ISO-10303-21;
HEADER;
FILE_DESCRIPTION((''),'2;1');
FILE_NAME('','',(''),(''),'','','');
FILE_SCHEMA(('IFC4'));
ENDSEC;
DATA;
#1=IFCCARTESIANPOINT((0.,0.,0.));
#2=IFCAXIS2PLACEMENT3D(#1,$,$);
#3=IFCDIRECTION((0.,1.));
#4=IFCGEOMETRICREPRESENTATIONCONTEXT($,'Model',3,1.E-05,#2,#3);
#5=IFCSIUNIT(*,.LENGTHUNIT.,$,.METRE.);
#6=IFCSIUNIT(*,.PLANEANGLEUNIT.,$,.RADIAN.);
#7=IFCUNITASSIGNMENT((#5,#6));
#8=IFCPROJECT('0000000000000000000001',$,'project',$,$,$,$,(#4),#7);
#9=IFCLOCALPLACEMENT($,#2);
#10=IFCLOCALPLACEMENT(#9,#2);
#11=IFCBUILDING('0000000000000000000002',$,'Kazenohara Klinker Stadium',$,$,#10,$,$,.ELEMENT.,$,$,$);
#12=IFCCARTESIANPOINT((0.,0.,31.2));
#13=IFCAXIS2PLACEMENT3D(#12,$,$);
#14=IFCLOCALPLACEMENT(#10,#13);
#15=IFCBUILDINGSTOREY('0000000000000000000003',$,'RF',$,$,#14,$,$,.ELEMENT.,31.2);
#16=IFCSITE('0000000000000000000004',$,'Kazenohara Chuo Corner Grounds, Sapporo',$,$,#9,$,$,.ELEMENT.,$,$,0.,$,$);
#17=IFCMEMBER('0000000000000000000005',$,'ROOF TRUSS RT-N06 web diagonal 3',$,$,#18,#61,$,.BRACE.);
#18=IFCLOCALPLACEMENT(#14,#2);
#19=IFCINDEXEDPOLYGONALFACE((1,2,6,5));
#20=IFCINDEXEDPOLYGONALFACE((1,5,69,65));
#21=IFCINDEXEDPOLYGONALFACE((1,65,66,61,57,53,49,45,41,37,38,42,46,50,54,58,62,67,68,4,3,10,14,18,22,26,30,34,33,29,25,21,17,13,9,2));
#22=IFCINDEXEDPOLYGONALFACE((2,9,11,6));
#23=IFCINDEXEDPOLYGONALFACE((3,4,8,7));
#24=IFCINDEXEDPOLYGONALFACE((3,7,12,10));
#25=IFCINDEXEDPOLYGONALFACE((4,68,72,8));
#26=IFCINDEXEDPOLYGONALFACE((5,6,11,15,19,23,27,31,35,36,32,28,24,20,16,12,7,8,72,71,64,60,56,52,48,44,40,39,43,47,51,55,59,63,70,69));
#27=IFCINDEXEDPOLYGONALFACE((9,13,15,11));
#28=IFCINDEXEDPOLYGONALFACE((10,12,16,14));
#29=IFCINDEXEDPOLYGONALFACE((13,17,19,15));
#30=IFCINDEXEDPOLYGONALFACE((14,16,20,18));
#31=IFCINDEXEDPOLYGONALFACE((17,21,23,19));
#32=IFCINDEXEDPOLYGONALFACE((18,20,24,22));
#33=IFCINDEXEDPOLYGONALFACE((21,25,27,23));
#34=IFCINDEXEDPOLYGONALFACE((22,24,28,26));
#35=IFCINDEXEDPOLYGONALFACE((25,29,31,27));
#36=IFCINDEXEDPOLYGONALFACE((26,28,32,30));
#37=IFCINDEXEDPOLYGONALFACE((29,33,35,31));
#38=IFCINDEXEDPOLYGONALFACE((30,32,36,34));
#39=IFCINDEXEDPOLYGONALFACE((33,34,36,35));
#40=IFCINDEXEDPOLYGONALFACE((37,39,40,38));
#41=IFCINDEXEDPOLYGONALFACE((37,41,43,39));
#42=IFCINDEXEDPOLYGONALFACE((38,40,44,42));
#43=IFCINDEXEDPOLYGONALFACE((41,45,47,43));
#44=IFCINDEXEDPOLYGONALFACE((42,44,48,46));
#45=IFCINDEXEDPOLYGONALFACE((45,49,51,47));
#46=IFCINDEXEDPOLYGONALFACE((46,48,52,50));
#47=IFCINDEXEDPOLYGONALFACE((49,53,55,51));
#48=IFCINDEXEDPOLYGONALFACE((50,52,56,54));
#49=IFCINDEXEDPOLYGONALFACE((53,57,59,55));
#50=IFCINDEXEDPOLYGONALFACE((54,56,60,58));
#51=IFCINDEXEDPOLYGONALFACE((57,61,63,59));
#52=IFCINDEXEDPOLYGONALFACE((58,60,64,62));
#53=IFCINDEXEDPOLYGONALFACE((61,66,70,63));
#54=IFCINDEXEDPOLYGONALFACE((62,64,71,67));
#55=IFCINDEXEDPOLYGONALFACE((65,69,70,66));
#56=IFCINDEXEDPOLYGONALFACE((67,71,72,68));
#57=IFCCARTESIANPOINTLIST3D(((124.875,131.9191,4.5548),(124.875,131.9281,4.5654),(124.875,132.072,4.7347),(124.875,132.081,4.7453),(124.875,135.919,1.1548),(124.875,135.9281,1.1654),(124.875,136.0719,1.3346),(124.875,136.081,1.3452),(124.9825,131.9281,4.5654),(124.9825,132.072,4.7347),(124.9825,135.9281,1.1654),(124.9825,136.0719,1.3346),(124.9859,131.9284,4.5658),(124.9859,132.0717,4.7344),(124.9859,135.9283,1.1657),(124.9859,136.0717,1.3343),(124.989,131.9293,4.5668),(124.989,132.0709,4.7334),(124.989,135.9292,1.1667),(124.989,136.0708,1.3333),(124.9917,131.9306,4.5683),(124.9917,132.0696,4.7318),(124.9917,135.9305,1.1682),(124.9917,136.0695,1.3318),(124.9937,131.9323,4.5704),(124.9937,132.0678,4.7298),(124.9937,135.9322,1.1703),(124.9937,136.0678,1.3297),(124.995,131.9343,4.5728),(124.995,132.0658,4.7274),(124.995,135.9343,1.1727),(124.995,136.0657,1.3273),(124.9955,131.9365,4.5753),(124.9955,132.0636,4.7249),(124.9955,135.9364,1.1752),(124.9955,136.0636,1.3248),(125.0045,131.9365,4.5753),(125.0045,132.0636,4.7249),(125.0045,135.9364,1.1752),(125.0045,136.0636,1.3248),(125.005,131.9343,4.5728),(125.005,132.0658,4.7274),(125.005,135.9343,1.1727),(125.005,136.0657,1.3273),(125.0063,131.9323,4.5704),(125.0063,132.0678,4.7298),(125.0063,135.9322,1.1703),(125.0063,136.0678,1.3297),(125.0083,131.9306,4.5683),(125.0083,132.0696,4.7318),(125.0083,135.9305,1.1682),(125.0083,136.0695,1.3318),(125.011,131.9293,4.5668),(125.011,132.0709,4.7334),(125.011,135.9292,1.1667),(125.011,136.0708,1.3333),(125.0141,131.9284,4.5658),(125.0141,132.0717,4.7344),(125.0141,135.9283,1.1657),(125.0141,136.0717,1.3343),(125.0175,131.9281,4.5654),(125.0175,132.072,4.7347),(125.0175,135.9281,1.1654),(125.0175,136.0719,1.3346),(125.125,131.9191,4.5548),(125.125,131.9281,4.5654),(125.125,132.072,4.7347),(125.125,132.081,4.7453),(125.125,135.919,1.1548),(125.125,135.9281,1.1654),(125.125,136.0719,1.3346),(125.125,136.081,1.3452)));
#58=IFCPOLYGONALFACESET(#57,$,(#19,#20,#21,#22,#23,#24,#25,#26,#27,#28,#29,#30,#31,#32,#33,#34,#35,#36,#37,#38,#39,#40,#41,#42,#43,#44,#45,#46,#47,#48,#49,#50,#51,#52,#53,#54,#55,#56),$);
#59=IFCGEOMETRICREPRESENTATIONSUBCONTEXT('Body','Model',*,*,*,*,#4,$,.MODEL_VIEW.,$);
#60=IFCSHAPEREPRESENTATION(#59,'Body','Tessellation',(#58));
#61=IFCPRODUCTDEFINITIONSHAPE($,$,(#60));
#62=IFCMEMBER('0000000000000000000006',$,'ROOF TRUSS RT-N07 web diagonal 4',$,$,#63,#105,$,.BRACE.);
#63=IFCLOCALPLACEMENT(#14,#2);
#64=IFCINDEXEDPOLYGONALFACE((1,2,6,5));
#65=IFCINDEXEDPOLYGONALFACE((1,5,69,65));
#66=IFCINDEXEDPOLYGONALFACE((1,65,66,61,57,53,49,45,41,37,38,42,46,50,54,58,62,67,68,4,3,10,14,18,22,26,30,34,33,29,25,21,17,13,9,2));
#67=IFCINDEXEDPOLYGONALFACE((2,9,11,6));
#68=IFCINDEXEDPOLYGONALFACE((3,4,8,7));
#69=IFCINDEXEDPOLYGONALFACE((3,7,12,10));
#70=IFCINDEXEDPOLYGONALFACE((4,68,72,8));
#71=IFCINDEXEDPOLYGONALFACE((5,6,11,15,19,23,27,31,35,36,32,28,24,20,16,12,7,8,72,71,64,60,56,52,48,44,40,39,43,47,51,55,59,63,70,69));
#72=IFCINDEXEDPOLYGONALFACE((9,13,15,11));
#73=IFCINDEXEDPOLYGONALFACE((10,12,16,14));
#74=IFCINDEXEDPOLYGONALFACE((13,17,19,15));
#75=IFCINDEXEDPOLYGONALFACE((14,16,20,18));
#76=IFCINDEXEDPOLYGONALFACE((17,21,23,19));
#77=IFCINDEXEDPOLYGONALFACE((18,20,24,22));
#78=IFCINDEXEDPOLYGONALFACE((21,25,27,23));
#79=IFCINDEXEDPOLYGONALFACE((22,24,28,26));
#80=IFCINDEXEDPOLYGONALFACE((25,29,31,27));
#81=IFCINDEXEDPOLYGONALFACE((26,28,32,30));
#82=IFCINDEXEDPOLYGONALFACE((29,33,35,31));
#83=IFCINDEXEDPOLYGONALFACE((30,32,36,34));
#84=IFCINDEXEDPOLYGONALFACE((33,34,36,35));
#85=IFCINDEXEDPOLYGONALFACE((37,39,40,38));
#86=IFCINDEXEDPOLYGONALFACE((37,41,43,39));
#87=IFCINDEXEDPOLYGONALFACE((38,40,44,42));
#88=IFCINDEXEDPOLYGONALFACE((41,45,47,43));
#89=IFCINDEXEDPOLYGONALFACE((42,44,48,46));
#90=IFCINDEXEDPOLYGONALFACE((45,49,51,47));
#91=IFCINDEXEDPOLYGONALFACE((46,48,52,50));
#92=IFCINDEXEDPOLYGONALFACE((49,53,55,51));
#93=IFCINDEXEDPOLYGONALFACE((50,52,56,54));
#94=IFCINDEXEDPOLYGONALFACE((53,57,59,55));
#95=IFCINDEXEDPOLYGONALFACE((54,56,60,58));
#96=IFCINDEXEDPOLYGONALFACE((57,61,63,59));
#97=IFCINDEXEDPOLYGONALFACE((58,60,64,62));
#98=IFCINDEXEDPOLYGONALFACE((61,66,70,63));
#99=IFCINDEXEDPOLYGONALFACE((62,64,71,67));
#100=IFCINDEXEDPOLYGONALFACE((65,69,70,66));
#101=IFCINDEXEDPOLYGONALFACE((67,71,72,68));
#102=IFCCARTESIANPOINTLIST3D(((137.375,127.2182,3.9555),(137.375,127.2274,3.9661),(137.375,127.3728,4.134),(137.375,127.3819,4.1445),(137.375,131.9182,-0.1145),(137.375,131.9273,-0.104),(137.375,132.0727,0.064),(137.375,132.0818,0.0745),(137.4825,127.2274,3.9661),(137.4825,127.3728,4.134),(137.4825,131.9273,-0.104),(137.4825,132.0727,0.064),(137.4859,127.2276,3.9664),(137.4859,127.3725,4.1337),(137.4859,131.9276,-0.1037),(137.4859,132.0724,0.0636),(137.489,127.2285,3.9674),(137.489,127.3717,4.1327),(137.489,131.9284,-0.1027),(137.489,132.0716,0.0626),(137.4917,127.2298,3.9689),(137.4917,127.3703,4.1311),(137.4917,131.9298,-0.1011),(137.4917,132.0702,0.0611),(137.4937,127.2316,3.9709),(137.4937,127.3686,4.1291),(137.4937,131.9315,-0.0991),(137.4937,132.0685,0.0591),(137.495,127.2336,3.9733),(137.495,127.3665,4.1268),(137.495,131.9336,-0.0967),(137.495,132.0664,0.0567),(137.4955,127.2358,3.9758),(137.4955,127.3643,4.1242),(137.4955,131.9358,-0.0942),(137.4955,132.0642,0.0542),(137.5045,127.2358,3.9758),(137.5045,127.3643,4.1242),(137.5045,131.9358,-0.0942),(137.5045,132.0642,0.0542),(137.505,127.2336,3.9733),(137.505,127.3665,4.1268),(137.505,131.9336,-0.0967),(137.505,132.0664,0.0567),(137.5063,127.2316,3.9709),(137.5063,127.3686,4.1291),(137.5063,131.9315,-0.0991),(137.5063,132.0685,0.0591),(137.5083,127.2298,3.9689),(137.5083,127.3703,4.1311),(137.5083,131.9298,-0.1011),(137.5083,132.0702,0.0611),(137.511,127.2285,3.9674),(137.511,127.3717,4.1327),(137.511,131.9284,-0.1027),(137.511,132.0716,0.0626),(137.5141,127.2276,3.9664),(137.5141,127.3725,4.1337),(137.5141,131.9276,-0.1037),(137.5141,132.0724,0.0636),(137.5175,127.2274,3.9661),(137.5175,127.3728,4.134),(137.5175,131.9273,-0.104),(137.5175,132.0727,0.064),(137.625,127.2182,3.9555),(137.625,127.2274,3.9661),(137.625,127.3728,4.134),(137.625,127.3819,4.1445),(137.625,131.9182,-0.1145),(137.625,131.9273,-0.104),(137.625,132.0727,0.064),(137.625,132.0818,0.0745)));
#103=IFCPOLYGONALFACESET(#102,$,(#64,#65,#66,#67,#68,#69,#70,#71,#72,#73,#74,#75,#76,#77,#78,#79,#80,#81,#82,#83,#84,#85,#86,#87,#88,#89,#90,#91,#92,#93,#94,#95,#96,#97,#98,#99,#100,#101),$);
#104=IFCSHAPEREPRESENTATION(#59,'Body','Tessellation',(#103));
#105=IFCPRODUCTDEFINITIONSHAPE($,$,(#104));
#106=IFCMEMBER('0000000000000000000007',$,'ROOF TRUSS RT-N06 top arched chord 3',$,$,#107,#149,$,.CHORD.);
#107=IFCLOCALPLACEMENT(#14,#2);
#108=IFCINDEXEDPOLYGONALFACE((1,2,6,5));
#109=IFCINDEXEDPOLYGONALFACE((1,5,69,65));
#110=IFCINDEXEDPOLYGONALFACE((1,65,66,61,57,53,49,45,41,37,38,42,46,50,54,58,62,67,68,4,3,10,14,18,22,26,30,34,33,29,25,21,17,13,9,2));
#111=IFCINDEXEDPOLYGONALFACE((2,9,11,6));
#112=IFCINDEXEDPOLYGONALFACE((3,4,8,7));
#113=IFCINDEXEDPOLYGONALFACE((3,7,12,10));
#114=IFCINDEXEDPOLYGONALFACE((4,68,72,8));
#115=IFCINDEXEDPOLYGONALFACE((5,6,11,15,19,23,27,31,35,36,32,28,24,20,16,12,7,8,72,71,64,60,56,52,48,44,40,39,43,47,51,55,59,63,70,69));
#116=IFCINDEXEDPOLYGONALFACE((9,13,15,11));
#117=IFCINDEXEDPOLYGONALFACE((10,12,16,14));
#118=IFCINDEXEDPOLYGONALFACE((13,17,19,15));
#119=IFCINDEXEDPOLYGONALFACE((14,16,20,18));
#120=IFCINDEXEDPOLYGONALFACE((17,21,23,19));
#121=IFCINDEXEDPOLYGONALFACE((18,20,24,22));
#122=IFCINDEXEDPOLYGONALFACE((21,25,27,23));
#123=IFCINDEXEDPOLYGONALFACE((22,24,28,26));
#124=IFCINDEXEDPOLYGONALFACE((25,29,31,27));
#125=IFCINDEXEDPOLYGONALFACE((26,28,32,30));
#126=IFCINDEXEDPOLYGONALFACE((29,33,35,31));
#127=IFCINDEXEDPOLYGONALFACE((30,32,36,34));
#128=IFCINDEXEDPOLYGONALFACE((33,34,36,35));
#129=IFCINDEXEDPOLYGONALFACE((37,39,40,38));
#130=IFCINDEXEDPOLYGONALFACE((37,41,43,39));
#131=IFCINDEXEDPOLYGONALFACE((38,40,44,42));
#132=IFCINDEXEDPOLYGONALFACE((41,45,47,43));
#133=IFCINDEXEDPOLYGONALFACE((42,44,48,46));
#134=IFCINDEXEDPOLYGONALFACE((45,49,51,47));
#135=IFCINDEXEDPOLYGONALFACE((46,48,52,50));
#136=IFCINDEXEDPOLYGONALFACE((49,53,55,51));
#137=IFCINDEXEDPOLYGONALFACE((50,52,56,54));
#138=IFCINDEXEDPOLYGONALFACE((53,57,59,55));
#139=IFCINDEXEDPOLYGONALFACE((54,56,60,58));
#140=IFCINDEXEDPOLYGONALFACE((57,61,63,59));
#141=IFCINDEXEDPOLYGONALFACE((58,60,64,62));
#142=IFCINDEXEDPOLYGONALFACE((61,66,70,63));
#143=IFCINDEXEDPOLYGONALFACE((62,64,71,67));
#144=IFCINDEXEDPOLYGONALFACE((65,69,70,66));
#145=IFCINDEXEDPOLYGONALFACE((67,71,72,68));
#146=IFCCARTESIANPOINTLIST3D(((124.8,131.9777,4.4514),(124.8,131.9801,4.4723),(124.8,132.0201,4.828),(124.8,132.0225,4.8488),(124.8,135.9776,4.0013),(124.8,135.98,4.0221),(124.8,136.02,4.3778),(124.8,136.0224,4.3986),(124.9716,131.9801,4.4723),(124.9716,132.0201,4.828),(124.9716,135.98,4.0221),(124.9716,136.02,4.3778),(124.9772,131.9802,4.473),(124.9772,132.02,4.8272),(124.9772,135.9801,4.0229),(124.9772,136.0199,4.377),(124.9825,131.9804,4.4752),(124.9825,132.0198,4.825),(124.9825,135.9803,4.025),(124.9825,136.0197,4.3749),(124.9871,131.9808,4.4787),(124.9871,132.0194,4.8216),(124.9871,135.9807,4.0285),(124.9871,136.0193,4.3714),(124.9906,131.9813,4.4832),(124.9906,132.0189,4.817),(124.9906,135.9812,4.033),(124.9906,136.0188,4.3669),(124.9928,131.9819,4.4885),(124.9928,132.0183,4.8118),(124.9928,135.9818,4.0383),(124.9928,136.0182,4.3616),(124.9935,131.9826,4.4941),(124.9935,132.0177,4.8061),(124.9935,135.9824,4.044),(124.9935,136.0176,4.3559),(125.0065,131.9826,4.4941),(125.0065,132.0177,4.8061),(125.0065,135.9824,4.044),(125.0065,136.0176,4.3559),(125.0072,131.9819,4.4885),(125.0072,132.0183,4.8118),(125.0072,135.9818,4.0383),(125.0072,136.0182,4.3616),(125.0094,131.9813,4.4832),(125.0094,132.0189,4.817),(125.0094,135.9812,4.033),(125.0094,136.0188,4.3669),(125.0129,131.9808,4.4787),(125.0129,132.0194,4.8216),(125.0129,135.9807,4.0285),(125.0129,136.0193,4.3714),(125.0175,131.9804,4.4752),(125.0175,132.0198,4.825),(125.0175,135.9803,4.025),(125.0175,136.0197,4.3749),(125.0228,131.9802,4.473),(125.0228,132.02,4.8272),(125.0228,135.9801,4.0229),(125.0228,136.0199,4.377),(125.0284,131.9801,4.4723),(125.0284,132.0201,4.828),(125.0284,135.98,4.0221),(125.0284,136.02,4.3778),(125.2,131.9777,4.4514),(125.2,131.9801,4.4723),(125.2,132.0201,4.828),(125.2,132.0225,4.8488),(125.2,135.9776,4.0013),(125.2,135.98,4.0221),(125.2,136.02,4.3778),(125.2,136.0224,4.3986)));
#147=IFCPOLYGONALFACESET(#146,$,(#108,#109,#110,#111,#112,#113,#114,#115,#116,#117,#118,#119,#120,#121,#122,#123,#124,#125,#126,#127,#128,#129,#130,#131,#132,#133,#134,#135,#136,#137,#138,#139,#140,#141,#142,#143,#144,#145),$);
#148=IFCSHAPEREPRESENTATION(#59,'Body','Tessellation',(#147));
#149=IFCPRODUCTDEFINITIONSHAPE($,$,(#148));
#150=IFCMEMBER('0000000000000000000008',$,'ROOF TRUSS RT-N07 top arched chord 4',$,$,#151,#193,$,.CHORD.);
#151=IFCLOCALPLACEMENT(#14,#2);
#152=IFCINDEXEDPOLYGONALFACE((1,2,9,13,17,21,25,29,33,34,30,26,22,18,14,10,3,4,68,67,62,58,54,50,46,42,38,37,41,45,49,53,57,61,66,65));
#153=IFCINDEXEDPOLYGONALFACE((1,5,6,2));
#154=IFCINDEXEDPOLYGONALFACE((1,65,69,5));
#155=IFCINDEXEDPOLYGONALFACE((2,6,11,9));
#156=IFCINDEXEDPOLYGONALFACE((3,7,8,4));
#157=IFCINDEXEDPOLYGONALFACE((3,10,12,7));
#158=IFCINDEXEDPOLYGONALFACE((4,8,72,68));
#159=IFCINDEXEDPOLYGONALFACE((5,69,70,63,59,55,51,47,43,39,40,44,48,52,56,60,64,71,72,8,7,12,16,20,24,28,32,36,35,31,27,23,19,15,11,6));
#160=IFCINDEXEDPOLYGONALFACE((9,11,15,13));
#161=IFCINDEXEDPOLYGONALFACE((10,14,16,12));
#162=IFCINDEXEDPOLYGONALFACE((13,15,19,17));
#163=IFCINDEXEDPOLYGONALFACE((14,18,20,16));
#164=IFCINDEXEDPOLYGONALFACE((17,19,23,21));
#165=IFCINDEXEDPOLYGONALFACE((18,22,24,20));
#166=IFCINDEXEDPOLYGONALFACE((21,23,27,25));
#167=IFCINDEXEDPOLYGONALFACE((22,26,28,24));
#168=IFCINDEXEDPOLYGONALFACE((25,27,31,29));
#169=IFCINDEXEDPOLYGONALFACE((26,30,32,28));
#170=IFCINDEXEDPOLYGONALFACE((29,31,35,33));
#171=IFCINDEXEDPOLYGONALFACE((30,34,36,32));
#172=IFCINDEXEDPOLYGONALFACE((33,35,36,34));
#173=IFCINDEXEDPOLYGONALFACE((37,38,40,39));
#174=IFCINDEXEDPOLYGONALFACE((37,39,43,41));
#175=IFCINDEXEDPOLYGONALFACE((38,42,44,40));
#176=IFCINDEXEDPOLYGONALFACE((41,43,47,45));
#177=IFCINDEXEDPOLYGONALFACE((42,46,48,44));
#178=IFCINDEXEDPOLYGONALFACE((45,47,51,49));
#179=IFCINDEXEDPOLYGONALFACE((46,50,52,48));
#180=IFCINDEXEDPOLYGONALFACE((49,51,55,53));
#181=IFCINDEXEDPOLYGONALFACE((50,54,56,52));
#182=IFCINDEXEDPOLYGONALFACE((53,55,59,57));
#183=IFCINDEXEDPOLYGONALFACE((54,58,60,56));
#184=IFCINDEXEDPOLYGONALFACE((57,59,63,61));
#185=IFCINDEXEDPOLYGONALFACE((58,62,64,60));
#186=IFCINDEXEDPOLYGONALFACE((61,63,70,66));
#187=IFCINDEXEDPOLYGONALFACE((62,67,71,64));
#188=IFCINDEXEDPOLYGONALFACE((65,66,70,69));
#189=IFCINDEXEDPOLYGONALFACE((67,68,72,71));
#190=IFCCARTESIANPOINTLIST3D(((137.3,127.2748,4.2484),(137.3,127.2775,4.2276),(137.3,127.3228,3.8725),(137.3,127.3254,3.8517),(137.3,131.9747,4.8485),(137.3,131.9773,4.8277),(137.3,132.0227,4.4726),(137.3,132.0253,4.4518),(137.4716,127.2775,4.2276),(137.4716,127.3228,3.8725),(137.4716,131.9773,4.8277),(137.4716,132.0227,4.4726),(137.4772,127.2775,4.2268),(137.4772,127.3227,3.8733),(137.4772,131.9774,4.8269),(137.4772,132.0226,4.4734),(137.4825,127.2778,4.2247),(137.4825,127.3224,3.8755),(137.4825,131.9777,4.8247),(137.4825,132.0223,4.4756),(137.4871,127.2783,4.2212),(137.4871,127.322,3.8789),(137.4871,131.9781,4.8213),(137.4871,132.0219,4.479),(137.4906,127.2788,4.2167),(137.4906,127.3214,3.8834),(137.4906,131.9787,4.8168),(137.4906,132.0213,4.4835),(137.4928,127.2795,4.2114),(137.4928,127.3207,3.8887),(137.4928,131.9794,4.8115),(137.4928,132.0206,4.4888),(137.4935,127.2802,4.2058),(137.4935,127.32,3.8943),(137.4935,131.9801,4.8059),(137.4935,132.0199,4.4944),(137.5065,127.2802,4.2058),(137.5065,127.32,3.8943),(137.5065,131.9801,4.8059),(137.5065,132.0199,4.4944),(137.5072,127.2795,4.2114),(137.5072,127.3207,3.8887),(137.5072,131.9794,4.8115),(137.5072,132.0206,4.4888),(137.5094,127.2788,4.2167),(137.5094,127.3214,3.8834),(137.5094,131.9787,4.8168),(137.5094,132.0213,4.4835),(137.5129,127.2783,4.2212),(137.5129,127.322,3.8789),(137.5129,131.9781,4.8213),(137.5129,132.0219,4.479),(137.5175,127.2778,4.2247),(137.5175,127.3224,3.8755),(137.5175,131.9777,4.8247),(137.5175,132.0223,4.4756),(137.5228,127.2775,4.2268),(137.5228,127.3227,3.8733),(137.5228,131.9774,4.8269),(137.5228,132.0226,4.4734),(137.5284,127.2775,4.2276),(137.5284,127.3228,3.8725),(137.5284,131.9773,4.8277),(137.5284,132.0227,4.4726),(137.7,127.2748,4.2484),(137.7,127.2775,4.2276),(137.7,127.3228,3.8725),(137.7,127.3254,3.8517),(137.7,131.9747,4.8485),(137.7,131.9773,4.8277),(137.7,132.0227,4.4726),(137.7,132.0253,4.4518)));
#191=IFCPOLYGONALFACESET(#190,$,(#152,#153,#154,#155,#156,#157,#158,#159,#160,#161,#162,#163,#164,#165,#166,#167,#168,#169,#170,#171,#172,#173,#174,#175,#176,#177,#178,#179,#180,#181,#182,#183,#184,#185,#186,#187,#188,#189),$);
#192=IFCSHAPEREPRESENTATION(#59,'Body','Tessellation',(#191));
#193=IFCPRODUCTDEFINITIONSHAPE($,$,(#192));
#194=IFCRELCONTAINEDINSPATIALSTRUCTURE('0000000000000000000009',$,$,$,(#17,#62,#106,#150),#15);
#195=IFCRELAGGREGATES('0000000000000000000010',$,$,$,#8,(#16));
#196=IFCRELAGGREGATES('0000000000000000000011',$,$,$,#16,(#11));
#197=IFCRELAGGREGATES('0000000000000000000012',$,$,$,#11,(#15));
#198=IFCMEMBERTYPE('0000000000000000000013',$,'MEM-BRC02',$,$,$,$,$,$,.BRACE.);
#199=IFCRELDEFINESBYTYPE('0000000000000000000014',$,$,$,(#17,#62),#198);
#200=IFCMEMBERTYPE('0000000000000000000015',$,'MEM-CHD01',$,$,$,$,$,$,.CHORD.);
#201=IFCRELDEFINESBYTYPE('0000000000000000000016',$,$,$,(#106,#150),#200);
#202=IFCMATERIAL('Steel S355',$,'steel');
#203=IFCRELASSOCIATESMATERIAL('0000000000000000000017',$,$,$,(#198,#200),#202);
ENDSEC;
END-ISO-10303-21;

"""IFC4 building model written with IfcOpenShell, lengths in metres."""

from ifc_helpers import new_model, si_unit, direction, frame, origin, origin_2d, place, context, subcontext, project, spatial, i_section, extrude, material, material_profile, profile_set, type_object, element, save


model = new_model("IFC4")

# Units and contexts
model_context = context("Model", 3, precision=1e-05, world=origin(), true_north=direction((0.0, 1.0)))
body_context = subcontext(model_context, "Body", "Model", "MODEL_VIEW")
ifc_project = project(units=[si_unit("LENGTHUNIT", "METRE"), si_unit("PLANEANGLEUNIT", "RADIAN")], contexts=[model_context])

# Site, building, storey
site_placement = place(None, origin())
site = spatial("IfcSite", under=ifc_project, at=site_placement, Name="Kazenohara Chuo Corner Grounds, Sapporo", CompositionType="ELEMENT", RefElevation=0.0)
building_placement = place(site_placement, origin())
building = spatial("IfcBuilding", under=site, at=building_placement, Name="Kazenohara Klinker Stadium", CompositionType="ELEMENT")
storey_placement = place(building_placement, frame((0.0, 0.0, 31.2)))
storey = spatial("IfcBuildingStorey", under=building, at=storey_placement, Name="RF", CompositionType="ELEMENT", Elevation=31.2)

# Members
ifc_material_1 = material(Name="Steel S355", Category="steel")
ifc_material_profile_1 = material_profile(ifc_material_1, i_section(OverallWidth=0.25, OverallDepth=0.25, WebThickness=0.009, FlangeThickness=0.0139, FilletRadius=0.0129, at=origin_2d()), Name="H-250x250x9x14")
ifc_profile_set_1 = profile_set([ifc_material_profile_1], Name="Steel S355")
member_type_1 = type_object("IfcMemberType", Name="MEM-BRC02", PredefinedType="BRACE", material=ifc_profile_set_1)
member_1_placement = place(storey_placement, frame((125.0, 136.0, 1.25), z_axis=(0.0, -0.761926, 0.647665), x_axis=(1.0, 0.0, 0.0)))
element("IfcMember", 1, at=member_1_placement, inside=storey, type_object=member_type_1, Name="ROOF TRUSS RT-N06 web diagonal 3", PredefinedType="BRACE", context=body_context, shape_type="SweptSolid", body=[
    extrude(i_section(OverallWidth=0.25, OverallDepth=0.25, WebThickness=0.009, FlangeThickness=0.0139, FilletRadius=0.0129, at=origin_2d()), origin(), (0.0, 0.0, 1.0), 5.2498),
])
member_2_placement = place(storey_placement, frame((137.5, 132.0, -0.02), z_axis=(0.0, -0.755946, 0.654634), x_axis=(1.0, 0.0, 0.0)))
element("IfcMember", 2, at=member_2_placement, inside=storey, type_object=member_type_1, Name="ROOF TRUSS RT-N07 web diagonal 4", PredefinedType="BRACE", context=body_context, shape_type="SweptSolid", body=[
    extrude(i_section(OverallWidth=0.25, OverallDepth=0.25, WebThickness=0.009, FlangeThickness=0.0139, FilletRadius=0.0129, at=origin_2d()), origin(), (0.0, 0.0, 1.0), 6.2173),
])
ifc_material_profile_2 = material_profile(ifc_material_1, i_section(OverallWidth=0.3999, OverallDepth=0.3999, WebThickness=0.0129, FlangeThickness=0.021, FilletRadius=0.022, at=origin_2d()), Name="H-400x400x13x21")
ifc_profile_set_2 = profile_set([ifc_material_profile_2], Name="Steel S355")
member_type_2 = type_object("IfcMemberType", Name="MEM-CHD01", PredefinedType="CHORD", material=ifc_profile_set_2)
member_3_placement = place(storey_placement, frame((125.0, 136.0, 4.2), z_axis=(0.0, -0.993726, 0.111843), x_axis=(1.0, 0.0, 0.0)))
element("IfcMember", 3, at=member_3_placement, inside=storey, type_object=member_type_2, Name="ROOF TRUSS RT-N06 top arched chord 3", PredefinedType="CHORD", context=body_context, shape_type="SweptSolid", body=[
    extrude(i_section(OverallWidth=0.3999, OverallDepth=0.3999, WebThickness=0.0129, FlangeThickness=0.021, FilletRadius=0.022, at=origin_2d()), origin(), (0.0, 0.0, 1.0), 4.0251),
])
member_4_placement = place(storey_placement, frame((137.5, 132.0, 4.6501), z_axis=(0.0, -0.991947, -0.126653), x_axis=(1.0, 0.0, 0.0)))
element("IfcMember", 4, at=member_4_placement, inside=storey, type_object=member_type_2, Name="ROOF TRUSS RT-N07 top arched chord 4", PredefinedType="CHORD", context=body_context, shape_type="SweptSolid", body=[
    extrude(i_section(OverallWidth=0.3999, OverallDepth=0.3999, WebThickness=0.0129, FlangeThickness=0.021, FilletRadius=0.022, at=origin_2d()), origin(), (0.0, 0.0, 1.0), 4.738),
])

save(model, "model.ifc")
